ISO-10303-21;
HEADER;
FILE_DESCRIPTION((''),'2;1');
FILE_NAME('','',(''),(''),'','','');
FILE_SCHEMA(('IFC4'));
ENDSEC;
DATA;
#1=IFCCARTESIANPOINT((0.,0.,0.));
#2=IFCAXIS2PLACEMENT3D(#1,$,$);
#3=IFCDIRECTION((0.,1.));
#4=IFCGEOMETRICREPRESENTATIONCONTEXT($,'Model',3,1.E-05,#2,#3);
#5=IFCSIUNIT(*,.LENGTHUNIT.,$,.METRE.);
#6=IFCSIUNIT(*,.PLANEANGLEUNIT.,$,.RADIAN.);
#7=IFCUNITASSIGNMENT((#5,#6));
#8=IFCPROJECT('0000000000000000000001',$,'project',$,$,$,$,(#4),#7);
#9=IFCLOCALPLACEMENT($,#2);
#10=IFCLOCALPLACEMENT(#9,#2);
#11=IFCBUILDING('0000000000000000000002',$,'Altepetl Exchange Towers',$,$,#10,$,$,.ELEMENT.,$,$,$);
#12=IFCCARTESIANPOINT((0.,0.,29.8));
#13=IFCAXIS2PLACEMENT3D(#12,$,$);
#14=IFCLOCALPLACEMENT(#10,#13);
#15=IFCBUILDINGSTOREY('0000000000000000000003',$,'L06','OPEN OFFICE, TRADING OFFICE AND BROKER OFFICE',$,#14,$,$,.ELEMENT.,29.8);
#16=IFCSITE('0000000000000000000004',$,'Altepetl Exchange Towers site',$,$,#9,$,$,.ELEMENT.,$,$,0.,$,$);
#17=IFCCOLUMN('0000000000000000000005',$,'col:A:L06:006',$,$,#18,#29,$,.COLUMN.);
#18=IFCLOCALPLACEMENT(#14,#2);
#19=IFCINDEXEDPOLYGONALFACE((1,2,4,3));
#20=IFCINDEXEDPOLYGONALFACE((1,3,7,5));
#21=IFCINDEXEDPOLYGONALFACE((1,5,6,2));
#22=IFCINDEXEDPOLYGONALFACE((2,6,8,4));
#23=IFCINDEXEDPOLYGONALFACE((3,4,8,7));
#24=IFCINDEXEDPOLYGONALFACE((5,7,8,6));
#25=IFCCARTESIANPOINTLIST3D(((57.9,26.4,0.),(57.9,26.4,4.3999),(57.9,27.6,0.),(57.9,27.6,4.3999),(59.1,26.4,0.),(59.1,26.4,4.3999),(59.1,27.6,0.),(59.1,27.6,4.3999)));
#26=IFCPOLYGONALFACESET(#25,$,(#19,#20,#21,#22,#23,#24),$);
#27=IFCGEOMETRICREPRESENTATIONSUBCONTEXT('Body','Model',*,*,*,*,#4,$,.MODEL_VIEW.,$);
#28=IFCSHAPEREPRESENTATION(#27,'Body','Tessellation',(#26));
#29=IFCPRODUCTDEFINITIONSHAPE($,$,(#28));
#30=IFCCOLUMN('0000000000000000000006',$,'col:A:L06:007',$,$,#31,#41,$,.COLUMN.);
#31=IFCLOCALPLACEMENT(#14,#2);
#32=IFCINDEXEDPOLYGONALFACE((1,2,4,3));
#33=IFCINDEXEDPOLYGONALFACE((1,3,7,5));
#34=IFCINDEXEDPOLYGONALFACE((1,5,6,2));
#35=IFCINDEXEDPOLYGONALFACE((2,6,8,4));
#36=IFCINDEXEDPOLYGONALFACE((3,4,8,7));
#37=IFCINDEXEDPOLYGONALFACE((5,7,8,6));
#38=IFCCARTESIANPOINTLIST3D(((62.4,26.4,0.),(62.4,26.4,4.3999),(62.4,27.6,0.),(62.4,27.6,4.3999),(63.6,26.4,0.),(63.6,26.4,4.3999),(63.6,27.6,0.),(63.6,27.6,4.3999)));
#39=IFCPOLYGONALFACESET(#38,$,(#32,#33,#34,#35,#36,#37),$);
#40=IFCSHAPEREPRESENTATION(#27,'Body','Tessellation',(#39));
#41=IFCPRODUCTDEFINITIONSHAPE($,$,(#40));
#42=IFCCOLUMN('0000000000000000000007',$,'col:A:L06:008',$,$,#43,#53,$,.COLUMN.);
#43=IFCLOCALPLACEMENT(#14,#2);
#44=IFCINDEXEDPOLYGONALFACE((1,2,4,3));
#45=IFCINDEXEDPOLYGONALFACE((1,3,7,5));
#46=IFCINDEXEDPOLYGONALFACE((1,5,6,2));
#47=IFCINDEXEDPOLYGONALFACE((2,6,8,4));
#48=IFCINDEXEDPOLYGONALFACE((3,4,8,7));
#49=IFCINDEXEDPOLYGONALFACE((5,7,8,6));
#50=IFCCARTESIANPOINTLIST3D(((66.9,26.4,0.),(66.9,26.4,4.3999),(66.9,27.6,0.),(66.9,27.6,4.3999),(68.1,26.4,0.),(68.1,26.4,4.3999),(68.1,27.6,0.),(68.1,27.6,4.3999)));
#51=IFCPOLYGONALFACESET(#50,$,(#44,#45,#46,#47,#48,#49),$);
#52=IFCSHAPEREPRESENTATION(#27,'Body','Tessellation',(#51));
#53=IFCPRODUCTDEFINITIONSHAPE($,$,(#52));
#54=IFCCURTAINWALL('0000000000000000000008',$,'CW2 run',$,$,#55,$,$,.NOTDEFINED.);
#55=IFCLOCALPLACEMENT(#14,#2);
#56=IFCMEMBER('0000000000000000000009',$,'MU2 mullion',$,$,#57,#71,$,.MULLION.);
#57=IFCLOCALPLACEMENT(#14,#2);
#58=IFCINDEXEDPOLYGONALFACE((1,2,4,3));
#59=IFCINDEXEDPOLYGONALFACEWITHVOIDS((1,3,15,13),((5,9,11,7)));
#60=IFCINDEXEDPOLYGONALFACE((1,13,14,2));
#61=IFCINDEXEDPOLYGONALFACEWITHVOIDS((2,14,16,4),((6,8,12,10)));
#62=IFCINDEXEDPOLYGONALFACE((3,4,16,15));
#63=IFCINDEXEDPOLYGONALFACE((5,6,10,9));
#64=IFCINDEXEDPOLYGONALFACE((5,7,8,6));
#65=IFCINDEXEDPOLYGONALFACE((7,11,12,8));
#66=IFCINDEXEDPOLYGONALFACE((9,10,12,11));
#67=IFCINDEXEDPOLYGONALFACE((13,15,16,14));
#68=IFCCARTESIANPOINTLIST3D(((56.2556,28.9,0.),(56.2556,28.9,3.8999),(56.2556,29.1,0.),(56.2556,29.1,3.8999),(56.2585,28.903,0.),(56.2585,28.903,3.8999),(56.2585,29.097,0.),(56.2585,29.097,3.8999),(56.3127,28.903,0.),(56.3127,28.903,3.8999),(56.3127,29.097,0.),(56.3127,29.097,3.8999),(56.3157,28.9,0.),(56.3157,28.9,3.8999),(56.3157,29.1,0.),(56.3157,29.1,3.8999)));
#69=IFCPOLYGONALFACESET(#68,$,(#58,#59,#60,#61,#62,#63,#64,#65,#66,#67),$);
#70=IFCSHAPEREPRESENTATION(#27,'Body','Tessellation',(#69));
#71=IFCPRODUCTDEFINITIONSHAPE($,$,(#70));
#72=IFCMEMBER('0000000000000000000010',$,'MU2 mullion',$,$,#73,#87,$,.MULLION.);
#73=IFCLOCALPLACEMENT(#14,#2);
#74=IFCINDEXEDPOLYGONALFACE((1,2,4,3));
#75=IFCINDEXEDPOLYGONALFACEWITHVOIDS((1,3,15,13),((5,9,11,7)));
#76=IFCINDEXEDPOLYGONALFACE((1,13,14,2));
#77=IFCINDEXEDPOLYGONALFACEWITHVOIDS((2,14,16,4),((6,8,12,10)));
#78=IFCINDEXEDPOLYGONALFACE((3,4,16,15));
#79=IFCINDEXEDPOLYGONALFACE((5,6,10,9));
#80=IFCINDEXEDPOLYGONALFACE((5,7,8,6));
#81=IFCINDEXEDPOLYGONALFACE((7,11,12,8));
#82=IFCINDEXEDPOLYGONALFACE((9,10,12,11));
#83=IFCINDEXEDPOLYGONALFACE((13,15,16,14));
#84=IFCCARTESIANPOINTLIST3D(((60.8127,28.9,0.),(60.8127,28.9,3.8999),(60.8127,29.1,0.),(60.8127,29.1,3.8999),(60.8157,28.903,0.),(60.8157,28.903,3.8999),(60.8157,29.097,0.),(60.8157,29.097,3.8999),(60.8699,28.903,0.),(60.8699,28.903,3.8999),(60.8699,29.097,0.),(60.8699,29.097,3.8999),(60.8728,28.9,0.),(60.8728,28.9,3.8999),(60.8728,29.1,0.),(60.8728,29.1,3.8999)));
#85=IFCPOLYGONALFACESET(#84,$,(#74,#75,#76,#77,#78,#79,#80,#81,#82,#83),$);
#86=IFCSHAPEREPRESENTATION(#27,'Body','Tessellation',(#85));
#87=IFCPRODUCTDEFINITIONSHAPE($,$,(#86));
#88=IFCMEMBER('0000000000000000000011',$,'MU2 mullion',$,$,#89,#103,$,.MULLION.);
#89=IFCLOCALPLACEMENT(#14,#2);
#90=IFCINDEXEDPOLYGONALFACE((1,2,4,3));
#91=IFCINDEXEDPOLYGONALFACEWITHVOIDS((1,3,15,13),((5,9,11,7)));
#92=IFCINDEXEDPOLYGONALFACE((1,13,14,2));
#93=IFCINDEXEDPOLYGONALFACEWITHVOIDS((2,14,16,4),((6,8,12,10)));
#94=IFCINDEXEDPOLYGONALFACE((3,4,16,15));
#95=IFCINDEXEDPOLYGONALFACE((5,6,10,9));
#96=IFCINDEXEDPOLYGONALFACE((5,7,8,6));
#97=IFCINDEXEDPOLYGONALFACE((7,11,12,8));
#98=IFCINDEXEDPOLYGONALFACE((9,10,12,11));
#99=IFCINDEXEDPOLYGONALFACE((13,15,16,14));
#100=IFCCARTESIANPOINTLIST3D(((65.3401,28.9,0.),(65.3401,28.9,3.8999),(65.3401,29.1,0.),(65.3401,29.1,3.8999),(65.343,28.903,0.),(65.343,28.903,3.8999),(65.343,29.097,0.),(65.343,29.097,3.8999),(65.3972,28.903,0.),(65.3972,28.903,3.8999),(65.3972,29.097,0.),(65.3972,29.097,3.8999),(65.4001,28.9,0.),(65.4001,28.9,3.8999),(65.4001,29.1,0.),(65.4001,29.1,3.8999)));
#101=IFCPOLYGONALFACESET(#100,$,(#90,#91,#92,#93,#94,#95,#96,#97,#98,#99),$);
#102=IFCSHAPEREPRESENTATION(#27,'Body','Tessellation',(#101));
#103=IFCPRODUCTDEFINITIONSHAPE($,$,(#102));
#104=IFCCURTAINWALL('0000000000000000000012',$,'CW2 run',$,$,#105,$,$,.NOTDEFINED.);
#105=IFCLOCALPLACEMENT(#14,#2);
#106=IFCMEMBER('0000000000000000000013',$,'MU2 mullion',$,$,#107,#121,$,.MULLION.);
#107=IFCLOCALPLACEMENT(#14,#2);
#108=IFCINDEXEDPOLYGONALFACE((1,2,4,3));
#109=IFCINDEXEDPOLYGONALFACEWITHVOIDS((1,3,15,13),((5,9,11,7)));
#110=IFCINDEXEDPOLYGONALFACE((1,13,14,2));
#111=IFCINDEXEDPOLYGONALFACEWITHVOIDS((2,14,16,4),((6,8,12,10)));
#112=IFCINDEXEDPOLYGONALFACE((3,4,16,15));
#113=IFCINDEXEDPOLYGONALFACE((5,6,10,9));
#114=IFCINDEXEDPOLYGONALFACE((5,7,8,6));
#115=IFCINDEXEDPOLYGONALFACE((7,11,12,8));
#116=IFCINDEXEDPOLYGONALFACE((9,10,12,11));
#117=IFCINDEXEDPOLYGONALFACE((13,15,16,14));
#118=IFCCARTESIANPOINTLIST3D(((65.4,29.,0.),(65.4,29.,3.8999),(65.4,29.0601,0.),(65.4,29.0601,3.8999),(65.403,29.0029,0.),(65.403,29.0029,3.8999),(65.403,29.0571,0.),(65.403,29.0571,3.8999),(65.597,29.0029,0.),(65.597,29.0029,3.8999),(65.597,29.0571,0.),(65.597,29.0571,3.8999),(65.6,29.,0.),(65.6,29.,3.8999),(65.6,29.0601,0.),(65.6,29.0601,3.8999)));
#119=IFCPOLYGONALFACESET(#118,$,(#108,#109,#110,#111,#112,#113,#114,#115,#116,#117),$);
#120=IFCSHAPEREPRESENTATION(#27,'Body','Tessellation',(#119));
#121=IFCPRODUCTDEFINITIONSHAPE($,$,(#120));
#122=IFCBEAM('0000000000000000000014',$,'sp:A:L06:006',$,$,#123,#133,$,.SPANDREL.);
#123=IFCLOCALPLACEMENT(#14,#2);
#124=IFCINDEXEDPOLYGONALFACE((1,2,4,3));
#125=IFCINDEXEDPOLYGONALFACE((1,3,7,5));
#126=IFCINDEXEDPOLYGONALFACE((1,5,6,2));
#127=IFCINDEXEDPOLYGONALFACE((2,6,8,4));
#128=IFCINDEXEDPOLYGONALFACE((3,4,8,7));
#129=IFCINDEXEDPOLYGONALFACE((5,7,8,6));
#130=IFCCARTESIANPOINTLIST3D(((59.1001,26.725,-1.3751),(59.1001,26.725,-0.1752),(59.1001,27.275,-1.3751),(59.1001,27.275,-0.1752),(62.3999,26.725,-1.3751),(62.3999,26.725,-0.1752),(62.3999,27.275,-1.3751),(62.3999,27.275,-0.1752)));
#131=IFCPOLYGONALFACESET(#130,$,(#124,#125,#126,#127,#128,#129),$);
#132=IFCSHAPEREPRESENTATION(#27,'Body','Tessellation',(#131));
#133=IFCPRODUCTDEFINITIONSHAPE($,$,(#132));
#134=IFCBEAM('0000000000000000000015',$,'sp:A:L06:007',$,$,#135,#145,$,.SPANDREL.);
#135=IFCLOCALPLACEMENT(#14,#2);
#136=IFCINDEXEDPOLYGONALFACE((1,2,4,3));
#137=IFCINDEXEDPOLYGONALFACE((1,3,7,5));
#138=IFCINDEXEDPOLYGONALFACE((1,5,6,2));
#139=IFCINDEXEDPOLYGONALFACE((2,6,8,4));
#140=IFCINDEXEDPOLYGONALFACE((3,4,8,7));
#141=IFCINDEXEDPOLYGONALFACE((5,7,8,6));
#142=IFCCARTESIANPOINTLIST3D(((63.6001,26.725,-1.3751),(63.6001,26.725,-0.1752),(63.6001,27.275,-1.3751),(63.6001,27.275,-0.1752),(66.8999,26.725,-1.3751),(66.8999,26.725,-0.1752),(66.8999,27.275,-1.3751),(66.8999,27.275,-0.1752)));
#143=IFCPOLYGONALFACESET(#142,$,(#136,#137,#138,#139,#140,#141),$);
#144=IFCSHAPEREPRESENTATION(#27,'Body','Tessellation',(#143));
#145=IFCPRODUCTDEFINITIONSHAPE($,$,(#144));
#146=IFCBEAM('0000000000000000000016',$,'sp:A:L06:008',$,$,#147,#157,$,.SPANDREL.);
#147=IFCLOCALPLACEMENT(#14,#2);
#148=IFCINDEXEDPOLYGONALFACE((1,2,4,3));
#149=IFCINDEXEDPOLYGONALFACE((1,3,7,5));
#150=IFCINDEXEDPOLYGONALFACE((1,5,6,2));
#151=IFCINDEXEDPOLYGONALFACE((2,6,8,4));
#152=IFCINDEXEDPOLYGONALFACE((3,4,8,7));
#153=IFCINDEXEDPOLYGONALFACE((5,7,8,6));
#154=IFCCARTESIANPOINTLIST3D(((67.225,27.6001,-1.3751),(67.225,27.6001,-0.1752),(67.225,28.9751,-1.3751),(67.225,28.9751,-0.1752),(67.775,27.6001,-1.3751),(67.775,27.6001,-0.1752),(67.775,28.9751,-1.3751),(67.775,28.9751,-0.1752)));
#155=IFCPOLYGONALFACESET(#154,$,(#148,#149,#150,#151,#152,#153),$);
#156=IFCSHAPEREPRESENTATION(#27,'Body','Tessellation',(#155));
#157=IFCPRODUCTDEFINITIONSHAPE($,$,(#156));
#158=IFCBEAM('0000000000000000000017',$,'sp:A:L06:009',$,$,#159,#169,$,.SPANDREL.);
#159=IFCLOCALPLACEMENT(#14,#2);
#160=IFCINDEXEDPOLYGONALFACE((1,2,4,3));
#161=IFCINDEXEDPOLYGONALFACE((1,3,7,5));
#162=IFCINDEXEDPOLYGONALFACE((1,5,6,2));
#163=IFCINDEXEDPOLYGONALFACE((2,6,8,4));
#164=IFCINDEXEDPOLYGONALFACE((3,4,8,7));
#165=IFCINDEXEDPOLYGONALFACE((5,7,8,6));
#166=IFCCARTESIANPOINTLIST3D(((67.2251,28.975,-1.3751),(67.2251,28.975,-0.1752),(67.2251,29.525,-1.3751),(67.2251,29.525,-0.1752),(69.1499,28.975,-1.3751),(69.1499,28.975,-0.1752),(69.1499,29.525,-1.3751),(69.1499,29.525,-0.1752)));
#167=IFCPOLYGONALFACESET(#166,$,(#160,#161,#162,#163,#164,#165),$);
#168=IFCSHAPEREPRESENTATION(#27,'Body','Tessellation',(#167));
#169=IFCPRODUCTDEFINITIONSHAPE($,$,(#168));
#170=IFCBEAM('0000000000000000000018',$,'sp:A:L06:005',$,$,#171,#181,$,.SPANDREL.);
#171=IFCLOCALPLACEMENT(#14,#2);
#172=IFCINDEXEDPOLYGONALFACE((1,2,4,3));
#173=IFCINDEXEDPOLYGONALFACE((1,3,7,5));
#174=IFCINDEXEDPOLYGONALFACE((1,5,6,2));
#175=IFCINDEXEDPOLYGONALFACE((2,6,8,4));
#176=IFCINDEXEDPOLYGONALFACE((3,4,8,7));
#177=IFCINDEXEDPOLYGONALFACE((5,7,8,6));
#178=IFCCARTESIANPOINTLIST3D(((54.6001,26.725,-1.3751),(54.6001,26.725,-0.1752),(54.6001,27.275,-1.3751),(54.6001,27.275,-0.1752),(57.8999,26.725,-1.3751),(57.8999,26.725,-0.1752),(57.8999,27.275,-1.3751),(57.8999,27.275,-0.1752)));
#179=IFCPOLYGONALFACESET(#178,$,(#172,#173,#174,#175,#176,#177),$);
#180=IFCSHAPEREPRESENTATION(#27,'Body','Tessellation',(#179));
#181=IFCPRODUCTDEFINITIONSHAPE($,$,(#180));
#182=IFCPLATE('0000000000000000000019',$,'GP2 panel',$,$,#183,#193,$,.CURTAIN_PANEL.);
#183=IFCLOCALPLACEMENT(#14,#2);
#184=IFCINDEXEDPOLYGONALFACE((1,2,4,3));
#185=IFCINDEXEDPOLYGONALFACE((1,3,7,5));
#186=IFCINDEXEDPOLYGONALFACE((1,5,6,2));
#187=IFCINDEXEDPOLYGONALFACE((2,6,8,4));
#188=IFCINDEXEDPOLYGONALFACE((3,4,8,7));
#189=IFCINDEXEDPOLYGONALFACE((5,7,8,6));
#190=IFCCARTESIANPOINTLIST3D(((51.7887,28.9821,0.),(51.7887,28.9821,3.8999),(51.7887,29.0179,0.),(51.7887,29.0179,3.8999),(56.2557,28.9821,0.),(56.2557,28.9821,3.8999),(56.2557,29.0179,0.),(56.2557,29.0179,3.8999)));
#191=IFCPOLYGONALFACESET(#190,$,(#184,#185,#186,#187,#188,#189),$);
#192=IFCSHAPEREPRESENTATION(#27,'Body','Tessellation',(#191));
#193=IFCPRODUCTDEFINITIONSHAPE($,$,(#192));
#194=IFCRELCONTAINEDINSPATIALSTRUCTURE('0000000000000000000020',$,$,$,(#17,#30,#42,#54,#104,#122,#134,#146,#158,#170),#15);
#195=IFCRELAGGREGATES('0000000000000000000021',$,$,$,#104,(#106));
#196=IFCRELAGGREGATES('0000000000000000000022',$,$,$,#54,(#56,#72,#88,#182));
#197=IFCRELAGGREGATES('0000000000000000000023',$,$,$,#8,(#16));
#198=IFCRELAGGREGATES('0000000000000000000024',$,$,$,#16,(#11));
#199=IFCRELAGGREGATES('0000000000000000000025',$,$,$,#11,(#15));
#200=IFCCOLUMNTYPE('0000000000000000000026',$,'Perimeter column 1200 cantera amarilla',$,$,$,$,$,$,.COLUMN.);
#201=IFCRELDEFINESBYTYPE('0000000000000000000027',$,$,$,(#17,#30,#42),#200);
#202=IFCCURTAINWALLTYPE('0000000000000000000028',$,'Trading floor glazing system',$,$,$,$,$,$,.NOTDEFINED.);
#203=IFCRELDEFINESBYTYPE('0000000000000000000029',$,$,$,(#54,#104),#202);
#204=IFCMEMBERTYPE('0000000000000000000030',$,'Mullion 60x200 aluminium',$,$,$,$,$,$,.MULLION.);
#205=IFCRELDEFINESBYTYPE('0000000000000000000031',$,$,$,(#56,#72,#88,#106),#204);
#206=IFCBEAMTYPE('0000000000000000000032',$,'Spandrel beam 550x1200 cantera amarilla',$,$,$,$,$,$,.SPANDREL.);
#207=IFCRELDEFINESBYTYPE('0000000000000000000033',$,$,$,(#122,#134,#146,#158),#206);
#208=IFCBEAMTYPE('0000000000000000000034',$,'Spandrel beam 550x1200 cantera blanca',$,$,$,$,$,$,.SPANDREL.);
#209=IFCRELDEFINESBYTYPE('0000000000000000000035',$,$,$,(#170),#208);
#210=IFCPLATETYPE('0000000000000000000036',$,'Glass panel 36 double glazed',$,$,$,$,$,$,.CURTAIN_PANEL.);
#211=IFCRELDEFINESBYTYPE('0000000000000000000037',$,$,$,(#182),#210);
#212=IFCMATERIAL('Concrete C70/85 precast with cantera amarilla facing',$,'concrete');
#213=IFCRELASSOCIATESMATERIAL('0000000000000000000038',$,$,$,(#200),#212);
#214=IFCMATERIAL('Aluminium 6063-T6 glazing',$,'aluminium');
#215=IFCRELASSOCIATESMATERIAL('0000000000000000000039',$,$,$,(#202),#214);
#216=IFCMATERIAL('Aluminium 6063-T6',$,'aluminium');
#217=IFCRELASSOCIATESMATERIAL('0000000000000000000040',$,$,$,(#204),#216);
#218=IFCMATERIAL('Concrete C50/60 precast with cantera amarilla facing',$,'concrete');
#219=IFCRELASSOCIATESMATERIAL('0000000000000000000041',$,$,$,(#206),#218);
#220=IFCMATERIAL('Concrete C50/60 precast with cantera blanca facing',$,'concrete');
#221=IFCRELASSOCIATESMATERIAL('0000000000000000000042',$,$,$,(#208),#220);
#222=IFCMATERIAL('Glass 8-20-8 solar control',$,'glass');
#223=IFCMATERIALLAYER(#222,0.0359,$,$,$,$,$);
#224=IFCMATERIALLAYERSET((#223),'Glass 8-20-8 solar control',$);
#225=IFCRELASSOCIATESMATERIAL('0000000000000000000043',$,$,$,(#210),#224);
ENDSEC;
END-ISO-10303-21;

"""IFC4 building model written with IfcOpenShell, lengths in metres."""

from ifc_helpers import new_model, si_unit, direction, frame, origin, origin_2d, place, context, subcontext, project, spatial, rectangle, hollow_rectangle, extrude, material, layer, layer_set, material_profile, profile_set, type_object, element, aggregate, save


model = new_model("IFC4")

# Units and contexts
model_context = context("Model", 3, precision=1e-05, world=origin(), true_north=direction((0.0, 1.0)))
body_context = subcontext(model_context, "Body", "Model", "MODEL_VIEW")
ifc_project = project(units=[si_unit("LENGTHUNIT", "METRE"), si_unit("PLANEANGLEUNIT", "RADIAN")], contexts=[model_context])

# Site, building, storey
site_placement = place(None, origin())
site = spatial("IfcSite", under=ifc_project, at=site_placement, Name="Altepetl Exchange Towers site", CompositionType="ELEMENT", RefElevation=0.0)
building_placement = place(site_placement, origin())
building = spatial("IfcBuilding", under=site, at=building_placement, Name="Altepetl Exchange Towers", CompositionType="ELEMENT")
storey_placement = place(building_placement, frame((0.0, 0.0, 29.8)))
storey = spatial("IfcBuildingStorey", under=building, at=storey_placement, Name="L06", Description="OPEN OFFICE, TRADING OFFICE AND BROKER OFFICE", CompositionType="ELEMENT", Elevation=29.8)

# Columns
ifc_material_1 = material(Name="Concrete C70/85 precast with cantera amarilla facing", Category="concrete")
ifc_material_profile_1 = material_profile(ifc_material_1, rectangle(XDim=1.2, YDim=1.2, at=origin_2d()), Name="1200 x 1200")
ifc_profile_set_1 = profile_set([ifc_material_profile_1], Name="Concrete C70/85 precast with cantera amarilla facing")
column_type = type_object("IfcColumnType", Name="Perimeter column 1200 cantera amarilla", PredefinedType="COLUMN", material=ifc_profile_set_1)
for number, where, name in (
    (1, (58.5, 27.0, 0.0), "col:A:L06:006"),
    (2, (63.0, 27.0, 0.0), "col:A:L06:007"),
    (3, (67.5, 27.0, 0.0), "col:A:L06:008"),
):
    element("IfcColumn", number, at=place(storey_placement, frame(where)), inside=storey, type_object=column_type, Name=name, PredefinedType="COLUMN", context=body_context, shape_type="SweptSolid", body=[
        extrude(rectangle(XDim=1.2, YDim=1.2, at=origin_2d()), origin(), (0.0, 0.0, 1.0), 4.3999),
    ])

# Curtain wall, members
ifc_material_2 = material(Name="Aluminium 6063-T6 glazing", Category="aluminium")
curtain_wall_type = type_object("IfcCurtainWallType", Name="Trading floor glazing system", PredefinedType="NOTDEFINED", material=ifc_material_2)
curtain_wall_1_placement = place(storey_placement, origin())
curtain_wall_1 = element("IfcCurtainWall", 4, at=curtain_wall_1_placement, inside=storey, type_object=curtain_wall_type, Name="CW2 run", PredefinedType="NOTDEFINED")
ifc_material_3 = material(Name="Aluminium 6063-T6", Category="aluminium")
ifc_material_profile_2 = material_profile(ifc_material_3, hollow_rectangle(XDim=0.0601, YDim=0.2, WallThickness=0.0029, at=origin_2d()), Name="Mullion 60x200 aluminium")
ifc_profile_set_2 = profile_set([ifc_material_profile_2], Name="Aluminium 6063-T6")
member_type = type_object("IfcMemberType", Name="Mullion 60x200 aluminium", PredefinedType="MULLION", material=ifc_profile_set_2)
member_1_placement = place(storey_placement, frame((56.2856, 29.0, 0.0)))
member_1 = element("IfcMember", 5, at=member_1_placement, type_object=member_type, Name="MU2 mullion", PredefinedType="MULLION", context=body_context, shape_type="SweptSolid", body=[
    extrude(hollow_rectangle(XDim=0.0601, YDim=0.2, WallThickness=0.0029, at=origin_2d()), origin(), (0.0, 0.0, 1.0), 3.8999),
])
member_2_placement = place(storey_placement, frame((60.8428, 29.0, 0.0)))
member_2 = element("IfcMember", 6, at=member_2_placement, type_object=member_type, Name="MU2 mullion", PredefinedType="MULLION", context=body_context, shape_type="SweptSolid", body=[
    extrude(hollow_rectangle(XDim=0.0601, YDim=0.2, WallThickness=0.0029, at=origin_2d()), origin(), (0.0, 0.0, 1.0), 3.8999),
])
member_3_placement = place(storey_placement, frame((65.3701, 29.0, 0.0)))
member_3 = element("IfcMember", 7, at=member_3_placement, type_object=member_type, Name="MU2 mullion", PredefinedType="MULLION", context=body_context, shape_type="SweptSolid", body=[
    extrude(hollow_rectangle(XDim=0.0601, YDim=0.2, WallThickness=0.0029, at=origin_2d()), origin(), (0.0, 0.0, 1.0), 3.8999),
])

# Curtain wall, member
curtain_wall_2_placement = place(storey_placement, origin())
curtain_wall_2 = element("IfcCurtainWall", 8, at=curtain_wall_2_placement, inside=storey, type_object=curtain_wall_type, Name="CW2 run", PredefinedType="NOTDEFINED")
member_4_placement = place(storey_placement, frame((65.5, 29.03, 0.0), z_axis=(0.0, 0.0, 1.0), x_axis=(0.0, 1.0, 0.0)))
member_4 = element("IfcMember", 9, at=member_4_placement, type_object=member_type, Name="MU2 mullion", PredefinedType="MULLION", context=body_context, shape_type="SweptSolid", body=[
    extrude(hollow_rectangle(XDim=0.0601, YDim=0.2, WallThickness=0.0029, at=origin_2d()), origin(), (0.0, 0.0, 1.0), 3.8999),
])
aggregate(curtain_wall_2, [member_4])

# Beams
ifc_material_4 = material(Name="Concrete C50/60 precast with cantera amarilla facing", Category="concrete")
ifc_material_profile_3 = material_profile(ifc_material_4, rectangle(XDim=0.55, YDim=1.2, at=origin_2d()), Name="550 x 1200")
ifc_profile_set_3 = profile_set([ifc_material_profile_3], Name="Concrete C50/60 precast with cantera amarilla facing")
beam_type_1 = type_object("IfcBeamType", Name="Spandrel beam 550x1200 cantera amarilla", PredefinedType="SPANDREL", material=ifc_profile_set_3)
for number, where, z_axis, x_axis, name in (
    (10, (59.1001, 27.0, -0.7751), (1.0, 0.0, 0.0), (0.0, 1.0, 0.0), "sp:A:L06:006"),
    (11, (63.6001, 27.0, -0.7751), (1.0, 0.0, 0.0), (0.0, 1.0, 0.0), "sp:A:L06:007"),
):
    element("IfcBeam", number, at=place(storey_placement, frame(where, z_axis=z_axis, x_axis=x_axis)), inside=storey, type_object=beam_type_1, Name=name, PredefinedType="SPANDREL", context=body_context, shape_type="SweptSolid", body=[
        extrude(rectangle(XDim=0.55, YDim=1.2, at=origin_2d()), origin(), (0.0, 0.0, 1.0), 3.2998),
    ])
beam_1_placement = place(storey_placement, frame((67.5, 27.6001, -0.7751), z_axis=(0.0, 1.0, 0.0), x_axis=(-1.0, 0.0, 0.0)))
element("IfcBeam", 12, at=beam_1_placement, inside=storey, type_object=beam_type_1, Name="sp:A:L06:008", PredefinedType="SPANDREL", context=body_context, shape_type="SweptSolid", body=[
    extrude(rectangle(XDim=0.55, YDim=1.2, at=origin_2d()), origin(), (0.0, 0.0, 1.0), 1.375),
])
beam_2_placement = place(storey_placement, frame((67.2251, 29.25, -0.7751), z_axis=(1.0, 0.0, 0.0), x_axis=(0.0, 1.0, 0.0)))
element("IfcBeam", 13, at=beam_2_placement, inside=storey, type_object=beam_type_1, Name="sp:A:L06:009", PredefinedType="SPANDREL", context=body_context, shape_type="SweptSolid", body=[
    extrude(rectangle(XDim=0.55, YDim=1.2, at=origin_2d()), origin(), (0.0, 0.0, 1.0), 1.9248),
])
ifc_material_5 = material(Name="Concrete C50/60 precast with cantera blanca facing", Category="concrete")
ifc_material_profile_4 = material_profile(ifc_material_5, rectangle(XDim=0.55, YDim=1.2, at=origin_2d()), Name="550 x 1200")
ifc_profile_set_4 = profile_set([ifc_material_profile_4], Name="Concrete C50/60 precast with cantera blanca facing")
beam_type_2 = type_object("IfcBeamType", Name="Spandrel beam 550x1200 cantera blanca", PredefinedType="SPANDREL", material=ifc_profile_set_4)
beam_3_placement = place(storey_placement, frame((54.6001, 27.0, -0.7751), z_axis=(1.0, 0.0, 0.0), x_axis=(0.0, 1.0, 0.0)))
element("IfcBeam", 14, at=beam_3_placement, inside=storey, type_object=beam_type_2, Name="sp:A:L06:005", PredefinedType="SPANDREL", context=body_context, shape_type="SweptSolid", body=[
    extrude(rectangle(XDim=0.55, YDim=1.2, at=origin_2d()), origin(), (0.0, 0.0, 1.0), 3.2998),
])

# Plate
ifc_material_6 = material(Name="Glass 8-20-8 solar control", Category="glass")
ifc_layer_1 = layer(ifc_material_6, 0.0359)
ifc_layer_set_1 = layer_set([ifc_layer_1], Name="Glass 8-20-8 solar control")
plate_type = type_object("IfcPlateType", Name="Glass panel 36 double glazed", PredefinedType="CURTAIN_PANEL", material=ifc_layer_set_1)
plate_1_placement = place(storey_placement, frame((54.0222, 29.0, 0.0)))
plate_1 = element("IfcPlate", 15, at=plate_1_placement, type_object=plate_type, Name="GP2 panel", PredefinedType="CURTAIN_PANEL", context=body_context, shape_type="SweptSolid", body=[
    extrude(rectangle(XDim=4.467, YDim=0.0359, at=origin_2d()), origin(), (0.0, 0.0, 1.0), 3.8999),
])
aggregate(curtain_wall_1, [member_1, member_2, member_3, plate_1])

save(model, "model.ifc")
